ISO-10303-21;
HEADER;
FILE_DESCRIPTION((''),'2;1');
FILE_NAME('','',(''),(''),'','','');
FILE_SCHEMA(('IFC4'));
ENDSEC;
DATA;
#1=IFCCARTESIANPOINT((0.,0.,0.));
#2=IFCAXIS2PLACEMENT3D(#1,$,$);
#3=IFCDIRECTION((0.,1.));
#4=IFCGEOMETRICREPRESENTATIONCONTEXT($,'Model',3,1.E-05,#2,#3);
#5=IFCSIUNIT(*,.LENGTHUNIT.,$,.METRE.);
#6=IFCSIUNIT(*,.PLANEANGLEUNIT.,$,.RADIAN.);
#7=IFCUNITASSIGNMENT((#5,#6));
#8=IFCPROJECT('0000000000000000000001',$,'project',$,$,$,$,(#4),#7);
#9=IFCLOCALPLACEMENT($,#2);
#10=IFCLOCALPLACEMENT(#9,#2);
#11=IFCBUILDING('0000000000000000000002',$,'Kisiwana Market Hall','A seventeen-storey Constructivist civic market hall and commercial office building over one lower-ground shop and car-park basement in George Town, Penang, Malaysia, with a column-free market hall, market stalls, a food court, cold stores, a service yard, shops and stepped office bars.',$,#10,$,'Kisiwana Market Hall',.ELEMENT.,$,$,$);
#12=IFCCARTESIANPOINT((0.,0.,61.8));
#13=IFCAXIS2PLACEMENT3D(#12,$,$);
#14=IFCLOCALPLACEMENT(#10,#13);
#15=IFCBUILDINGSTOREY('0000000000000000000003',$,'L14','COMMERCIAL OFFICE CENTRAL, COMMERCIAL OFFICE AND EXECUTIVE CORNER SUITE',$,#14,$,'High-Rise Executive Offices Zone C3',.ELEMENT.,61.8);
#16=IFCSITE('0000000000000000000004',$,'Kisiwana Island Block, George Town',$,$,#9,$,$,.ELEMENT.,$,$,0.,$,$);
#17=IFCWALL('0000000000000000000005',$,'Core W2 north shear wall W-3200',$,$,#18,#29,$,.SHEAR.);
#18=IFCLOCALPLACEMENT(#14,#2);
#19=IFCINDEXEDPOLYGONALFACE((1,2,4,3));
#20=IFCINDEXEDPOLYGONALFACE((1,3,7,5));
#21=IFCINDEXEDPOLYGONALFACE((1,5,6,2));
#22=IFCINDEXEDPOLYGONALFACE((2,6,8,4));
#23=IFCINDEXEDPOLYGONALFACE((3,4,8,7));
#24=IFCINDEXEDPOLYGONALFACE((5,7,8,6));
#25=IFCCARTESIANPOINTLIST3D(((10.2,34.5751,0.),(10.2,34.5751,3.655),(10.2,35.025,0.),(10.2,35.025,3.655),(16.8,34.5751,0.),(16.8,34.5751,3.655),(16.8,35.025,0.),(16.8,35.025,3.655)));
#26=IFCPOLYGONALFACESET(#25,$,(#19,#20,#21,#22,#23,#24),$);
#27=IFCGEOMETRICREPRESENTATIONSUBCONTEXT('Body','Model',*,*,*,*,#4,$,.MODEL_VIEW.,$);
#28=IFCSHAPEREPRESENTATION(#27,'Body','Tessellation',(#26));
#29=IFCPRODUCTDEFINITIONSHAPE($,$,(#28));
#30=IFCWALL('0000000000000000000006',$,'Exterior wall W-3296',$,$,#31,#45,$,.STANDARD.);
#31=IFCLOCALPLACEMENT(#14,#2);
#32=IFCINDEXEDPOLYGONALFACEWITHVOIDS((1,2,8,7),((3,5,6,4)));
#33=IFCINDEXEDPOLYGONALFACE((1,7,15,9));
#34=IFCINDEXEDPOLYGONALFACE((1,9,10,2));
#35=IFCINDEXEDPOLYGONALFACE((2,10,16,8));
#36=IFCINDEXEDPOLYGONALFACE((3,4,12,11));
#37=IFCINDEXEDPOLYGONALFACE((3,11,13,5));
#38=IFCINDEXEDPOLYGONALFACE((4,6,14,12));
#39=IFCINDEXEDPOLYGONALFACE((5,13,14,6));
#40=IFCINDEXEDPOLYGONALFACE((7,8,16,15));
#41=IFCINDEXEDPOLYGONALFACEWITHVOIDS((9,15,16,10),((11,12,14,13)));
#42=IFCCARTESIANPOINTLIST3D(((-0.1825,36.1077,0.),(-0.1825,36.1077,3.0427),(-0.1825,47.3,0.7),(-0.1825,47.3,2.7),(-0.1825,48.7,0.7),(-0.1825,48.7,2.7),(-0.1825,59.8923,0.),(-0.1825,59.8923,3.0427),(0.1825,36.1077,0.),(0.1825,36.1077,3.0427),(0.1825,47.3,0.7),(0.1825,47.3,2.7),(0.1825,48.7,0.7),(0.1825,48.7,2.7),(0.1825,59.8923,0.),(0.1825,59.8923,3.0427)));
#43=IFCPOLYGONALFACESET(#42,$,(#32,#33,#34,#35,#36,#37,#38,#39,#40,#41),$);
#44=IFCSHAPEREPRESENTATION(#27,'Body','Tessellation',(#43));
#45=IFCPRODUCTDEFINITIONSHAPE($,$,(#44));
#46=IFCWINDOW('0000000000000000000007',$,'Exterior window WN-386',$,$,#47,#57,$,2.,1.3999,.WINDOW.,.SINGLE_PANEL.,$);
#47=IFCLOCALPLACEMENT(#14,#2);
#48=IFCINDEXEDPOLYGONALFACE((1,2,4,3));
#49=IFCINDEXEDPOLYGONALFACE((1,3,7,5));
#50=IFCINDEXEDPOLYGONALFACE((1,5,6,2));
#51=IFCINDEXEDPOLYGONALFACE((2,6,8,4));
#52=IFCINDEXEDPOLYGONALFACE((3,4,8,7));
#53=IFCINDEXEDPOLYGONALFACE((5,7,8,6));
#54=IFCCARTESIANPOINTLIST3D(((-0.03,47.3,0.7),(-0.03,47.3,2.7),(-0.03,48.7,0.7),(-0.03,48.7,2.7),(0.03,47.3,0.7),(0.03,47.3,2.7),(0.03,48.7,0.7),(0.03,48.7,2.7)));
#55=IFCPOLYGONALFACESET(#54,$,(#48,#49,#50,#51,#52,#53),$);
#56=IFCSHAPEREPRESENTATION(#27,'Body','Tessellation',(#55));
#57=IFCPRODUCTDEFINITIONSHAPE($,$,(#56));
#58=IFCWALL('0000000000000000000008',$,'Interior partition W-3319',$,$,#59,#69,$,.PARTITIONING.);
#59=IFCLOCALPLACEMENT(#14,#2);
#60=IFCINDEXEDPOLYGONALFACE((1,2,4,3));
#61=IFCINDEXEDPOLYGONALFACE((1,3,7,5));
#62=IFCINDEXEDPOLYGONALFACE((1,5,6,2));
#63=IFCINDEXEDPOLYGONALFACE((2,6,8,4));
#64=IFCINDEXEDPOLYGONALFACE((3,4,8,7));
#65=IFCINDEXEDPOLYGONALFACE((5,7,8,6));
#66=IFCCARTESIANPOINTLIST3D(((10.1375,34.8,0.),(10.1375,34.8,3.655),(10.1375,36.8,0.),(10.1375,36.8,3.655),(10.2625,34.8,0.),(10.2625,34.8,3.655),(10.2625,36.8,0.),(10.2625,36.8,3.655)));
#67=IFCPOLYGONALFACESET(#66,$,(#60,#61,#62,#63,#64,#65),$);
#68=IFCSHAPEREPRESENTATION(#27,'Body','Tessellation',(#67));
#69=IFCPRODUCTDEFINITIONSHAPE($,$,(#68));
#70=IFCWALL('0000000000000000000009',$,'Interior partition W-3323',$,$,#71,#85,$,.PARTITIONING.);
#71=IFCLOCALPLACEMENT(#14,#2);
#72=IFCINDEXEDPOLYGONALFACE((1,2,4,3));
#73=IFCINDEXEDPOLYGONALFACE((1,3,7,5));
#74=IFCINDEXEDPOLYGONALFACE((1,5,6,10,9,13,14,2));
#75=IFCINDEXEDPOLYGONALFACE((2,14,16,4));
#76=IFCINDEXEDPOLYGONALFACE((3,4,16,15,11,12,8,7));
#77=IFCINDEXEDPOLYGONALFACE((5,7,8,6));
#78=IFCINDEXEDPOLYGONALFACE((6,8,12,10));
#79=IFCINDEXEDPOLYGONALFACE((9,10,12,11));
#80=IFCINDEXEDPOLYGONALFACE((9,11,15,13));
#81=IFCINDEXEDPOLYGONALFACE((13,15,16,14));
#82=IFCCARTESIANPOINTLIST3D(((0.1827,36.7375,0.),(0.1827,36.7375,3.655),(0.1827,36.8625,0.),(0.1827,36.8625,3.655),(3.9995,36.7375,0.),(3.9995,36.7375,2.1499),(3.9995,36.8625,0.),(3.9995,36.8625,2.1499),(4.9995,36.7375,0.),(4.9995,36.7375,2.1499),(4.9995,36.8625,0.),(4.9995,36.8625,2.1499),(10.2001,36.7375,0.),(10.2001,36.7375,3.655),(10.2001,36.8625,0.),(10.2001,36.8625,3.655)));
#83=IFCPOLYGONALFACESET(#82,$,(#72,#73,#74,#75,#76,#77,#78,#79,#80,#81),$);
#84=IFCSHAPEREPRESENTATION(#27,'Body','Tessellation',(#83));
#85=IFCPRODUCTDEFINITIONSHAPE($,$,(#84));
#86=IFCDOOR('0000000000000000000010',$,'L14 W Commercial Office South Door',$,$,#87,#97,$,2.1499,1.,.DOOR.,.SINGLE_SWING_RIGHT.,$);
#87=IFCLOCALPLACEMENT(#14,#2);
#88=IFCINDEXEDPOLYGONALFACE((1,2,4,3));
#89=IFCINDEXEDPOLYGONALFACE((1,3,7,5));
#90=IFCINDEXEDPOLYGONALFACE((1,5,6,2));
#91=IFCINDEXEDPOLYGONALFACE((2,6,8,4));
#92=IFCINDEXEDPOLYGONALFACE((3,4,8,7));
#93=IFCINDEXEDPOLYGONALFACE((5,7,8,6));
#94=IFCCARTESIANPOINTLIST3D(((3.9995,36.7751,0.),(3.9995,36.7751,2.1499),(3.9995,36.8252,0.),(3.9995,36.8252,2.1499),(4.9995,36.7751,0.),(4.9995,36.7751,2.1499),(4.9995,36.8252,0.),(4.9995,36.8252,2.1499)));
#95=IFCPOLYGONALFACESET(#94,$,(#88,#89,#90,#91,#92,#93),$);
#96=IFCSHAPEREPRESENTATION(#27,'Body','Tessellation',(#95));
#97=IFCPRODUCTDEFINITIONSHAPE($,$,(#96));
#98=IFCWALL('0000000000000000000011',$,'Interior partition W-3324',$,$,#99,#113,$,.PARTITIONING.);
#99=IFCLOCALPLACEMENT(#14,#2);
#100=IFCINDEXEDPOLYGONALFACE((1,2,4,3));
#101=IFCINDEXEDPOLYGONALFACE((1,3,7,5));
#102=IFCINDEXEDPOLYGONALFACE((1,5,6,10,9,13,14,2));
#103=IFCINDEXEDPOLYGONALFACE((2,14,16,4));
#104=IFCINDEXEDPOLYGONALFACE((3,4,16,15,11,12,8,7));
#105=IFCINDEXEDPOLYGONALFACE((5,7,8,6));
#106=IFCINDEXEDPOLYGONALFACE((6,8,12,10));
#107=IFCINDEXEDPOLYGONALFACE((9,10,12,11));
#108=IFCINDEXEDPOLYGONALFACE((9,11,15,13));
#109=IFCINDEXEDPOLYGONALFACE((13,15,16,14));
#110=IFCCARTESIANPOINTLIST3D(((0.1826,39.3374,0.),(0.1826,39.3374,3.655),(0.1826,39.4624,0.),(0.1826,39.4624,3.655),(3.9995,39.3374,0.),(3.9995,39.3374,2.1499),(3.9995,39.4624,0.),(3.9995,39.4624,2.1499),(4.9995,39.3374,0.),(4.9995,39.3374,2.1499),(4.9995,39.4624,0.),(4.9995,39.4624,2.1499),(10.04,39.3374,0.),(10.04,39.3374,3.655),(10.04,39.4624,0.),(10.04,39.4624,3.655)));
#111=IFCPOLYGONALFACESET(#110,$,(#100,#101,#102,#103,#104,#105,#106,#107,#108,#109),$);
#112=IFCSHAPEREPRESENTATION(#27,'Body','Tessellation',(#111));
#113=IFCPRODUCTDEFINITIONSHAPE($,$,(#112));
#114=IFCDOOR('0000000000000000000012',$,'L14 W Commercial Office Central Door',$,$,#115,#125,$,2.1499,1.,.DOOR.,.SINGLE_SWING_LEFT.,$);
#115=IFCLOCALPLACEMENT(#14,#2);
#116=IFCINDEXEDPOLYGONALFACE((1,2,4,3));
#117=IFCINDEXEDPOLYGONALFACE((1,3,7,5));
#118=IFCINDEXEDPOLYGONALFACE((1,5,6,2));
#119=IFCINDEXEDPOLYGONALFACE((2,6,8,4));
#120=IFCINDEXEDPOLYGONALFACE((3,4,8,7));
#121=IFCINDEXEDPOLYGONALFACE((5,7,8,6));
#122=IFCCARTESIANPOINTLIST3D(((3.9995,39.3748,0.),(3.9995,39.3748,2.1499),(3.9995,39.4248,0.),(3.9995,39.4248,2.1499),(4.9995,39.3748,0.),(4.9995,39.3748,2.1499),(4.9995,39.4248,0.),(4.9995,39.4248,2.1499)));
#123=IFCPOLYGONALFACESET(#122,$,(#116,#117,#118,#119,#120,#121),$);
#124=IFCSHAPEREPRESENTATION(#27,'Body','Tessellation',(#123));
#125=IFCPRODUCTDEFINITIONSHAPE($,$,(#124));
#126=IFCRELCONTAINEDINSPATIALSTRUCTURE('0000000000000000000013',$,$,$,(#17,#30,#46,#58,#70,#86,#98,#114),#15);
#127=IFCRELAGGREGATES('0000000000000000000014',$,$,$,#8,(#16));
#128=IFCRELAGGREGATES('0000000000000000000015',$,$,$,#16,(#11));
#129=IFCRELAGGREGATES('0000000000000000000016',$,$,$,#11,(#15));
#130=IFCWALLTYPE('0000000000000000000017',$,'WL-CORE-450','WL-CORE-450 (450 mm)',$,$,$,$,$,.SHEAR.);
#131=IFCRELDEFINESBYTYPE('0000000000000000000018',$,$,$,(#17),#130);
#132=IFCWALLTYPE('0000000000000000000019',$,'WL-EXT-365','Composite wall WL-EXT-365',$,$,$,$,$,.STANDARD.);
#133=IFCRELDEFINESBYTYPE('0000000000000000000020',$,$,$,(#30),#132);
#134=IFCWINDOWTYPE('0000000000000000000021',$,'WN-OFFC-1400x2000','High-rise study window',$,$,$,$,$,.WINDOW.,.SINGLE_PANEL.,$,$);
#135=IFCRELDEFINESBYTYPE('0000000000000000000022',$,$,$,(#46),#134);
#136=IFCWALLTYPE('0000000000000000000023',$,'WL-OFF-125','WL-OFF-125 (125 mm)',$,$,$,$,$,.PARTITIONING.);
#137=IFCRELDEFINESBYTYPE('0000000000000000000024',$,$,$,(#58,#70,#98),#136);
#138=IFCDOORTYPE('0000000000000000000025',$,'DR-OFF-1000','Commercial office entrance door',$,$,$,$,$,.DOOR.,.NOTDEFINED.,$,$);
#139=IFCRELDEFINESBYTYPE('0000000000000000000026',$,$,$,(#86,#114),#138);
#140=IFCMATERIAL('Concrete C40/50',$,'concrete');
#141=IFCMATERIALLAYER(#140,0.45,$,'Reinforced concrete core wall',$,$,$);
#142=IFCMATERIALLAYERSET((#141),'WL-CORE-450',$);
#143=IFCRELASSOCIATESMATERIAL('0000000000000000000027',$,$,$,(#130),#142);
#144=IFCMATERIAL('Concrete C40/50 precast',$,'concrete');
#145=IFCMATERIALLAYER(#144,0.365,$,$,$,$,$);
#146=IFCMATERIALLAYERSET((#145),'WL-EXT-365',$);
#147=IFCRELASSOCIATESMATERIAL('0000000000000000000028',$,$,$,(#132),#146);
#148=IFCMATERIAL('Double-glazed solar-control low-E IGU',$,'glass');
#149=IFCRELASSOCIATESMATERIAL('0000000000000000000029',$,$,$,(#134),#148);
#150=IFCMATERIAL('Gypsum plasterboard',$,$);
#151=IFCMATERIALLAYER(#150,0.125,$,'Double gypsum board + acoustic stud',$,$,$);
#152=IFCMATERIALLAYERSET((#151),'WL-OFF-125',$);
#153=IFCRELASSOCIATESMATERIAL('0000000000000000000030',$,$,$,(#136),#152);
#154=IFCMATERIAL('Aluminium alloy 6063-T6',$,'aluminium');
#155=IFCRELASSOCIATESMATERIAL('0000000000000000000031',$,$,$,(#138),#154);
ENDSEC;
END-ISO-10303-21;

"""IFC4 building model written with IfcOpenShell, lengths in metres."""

from ifc_helpers import new_model, si_unit, direction, frame, frame_2d, origin, place, context, subcontext, project, spatial, rectangle, extrude, material, layer, layer_set, type_object, element, fill, save


model = new_model("IFC4")

# Units and contexts
model_context = context("Model", 3, precision=1e-05, world=origin(), true_north=direction((0.0, 1.0)))
body_context = subcontext(model_context, "Body", "Model", "MODEL_VIEW")
ifc_project = project(units=[si_unit("LENGTHUNIT", "METRE"), si_unit("PLANEANGLEUNIT", "RADIAN")], contexts=[model_context])

# Site, building, storey
site_placement = place(None, origin())
site = spatial("IfcSite", under=ifc_project, at=site_placement, Name="Kisiwana Island Block, George Town", CompositionType="ELEMENT", RefElevation=0.0)
building_placement = place(site_placement, origin())
building = spatial("IfcBuilding", under=site, at=building_placement, Name="Kisiwana Market Hall", Description="A seventeen-storey Constructivist civic market hall and commercial office building over one lower-ground shop and car-park basement in George Town, Penang, Malaysia, with a column-free market hall, market stalls, a food court, cold stores, a service yard, shops and stepped office bars.", LongName="Kisiwana Market Hall", CompositionType="ELEMENT")
storey_placement = place(building_placement, frame((0.0, 0.0, 61.8)))
storey = spatial("IfcBuildingStorey", under=building, at=storey_placement, Name="L14", Description="COMMERCIAL OFFICE CENTRAL, COMMERCIAL OFFICE AND EXECUTIVE CORNER SUITE", LongName="High-Rise Executive Offices Zone C3", CompositionType="ELEMENT", Elevation=61.8)

# Wall
ifc_material_1 = material(Name="Concrete C40/50", Category="concrete")
ifc_layer_1 = layer(ifc_material_1, 0.45, Name="Reinforced concrete core wall")
ifc_layer_set_1 = layer_set([ifc_layer_1], Name="WL-CORE-450")
wall_type_1 = type_object("IfcWallType", Name="WL-CORE-450", Description="WL-CORE-450 (450 mm)", PredefinedType="SHEAR", material=ifc_layer_set_1)
wall_1_placement = place(storey_placement, frame((10.2, 34.8, 0.0), z_axis=(0.0, 0.0, 1.0), x_axis=(1.0, 0.0, 0.0)))
element("IfcWall", 1, at=wall_1_placement, inside=storey, type_object=wall_type_1, Name="Core W2 north shear wall W-3200", PredefinedType="SHEAR", context=body_context, shape_type="SweptSolid", body=[
    extrude(rectangle(XDim=6.6001, YDim=0.45, at=frame_2d((3.3, 0.0))), origin(), (0.0, 0.0, 1.0), 3.655),
])

# Wall, opening, window
ifc_material_2 = material(Name="Concrete C40/50 precast", Category="concrete")
ifc_layer_2 = layer(ifc_material_2, 0.365)
ifc_layer_set_2 = layer_set([ifc_layer_2], Name="WL-EXT-365")
wall_type_2 = type_object("IfcWallType", Name="WL-EXT-365", Description="Composite wall WL-EXT-365", PredefinedType="STANDARD", material=ifc_layer_set_2)
wall_2_placement = place(storey_placement, frame((0.0, 36.1077, 0.0), z_axis=(0.0, 0.0, 1.0), x_axis=(0.0, 1.0, 0.0)))
wall_2 = element("IfcWall", 2, at=wall_2_placement, inside=storey, type_object=wall_type_2, Name="Exterior wall W-3296", PredefinedType="STANDARD", context=body_context, shape_type="SweptSolid", body=[
    extrude(rectangle(XDim=23.7847, YDim=0.365, at=frame_2d((11.8923, 0.0))), origin(), (0.0, 0.0, 1.0), 3.0427),
])
opening_1_placement = place(wall_2_placement, frame((11.1924, 0.0, 0.7)))
opening_1 = element("IfcOpeningElement", 3, at=opening_1_placement, cuts=wall_2, PredefinedType="OPENING", context=body_context, shape_type="SweptSolid", body=[
    extrude(rectangle(XDim=1.3999, YDim=2.0, at=frame_2d((0.7, 1.0))), frame((0.0, 0.1943, 0.0), z_axis=(0.0, -1.0, 0.0), x_axis=(1.0, 0.0, 0.0)), (0.0, 0.0, 1.0), 0.3889),
])
ifc_material_3 = material(Name="Double-glazed solar-control low-E IGU", Category="glass")
window_type = type_object("IfcWindowType", Name="WN-OFFC-1400x2000", Description="High-rise study window", PartitioningType="SINGLE_PANEL", PredefinedType="WINDOW", material=ifc_material_3)
window_placement = place(opening_1_placement, origin())
window = element("IfcWindow", 4, at=window_placement, inside=storey, type_object=window_type, Name="Exterior window WN-386", OverallHeight=2.0, OverallWidth=1.3999, PartitioningType="SINGLE_PANEL", PredefinedType="WINDOW", context=body_context, shape_type="SweptSolid", body=[
    extrude(rectangle(XDim=1.3999, YDim=2.0, at=frame_2d((0.7, 1.0))), frame((0.0, 0.03, 0.0), z_axis=(0.0, -1.0, 0.0), x_axis=(1.0, 0.0, 0.0)), (0.0, 0.0, 1.0), 0.0601),
])
fill(opening_1, window)

# Wall
ifc_material_4 = material(Name="Gypsum plasterboard")
ifc_layer_3 = layer(ifc_material_4, 0.125, Name="Double gypsum board + acoustic stud")
ifc_layer_set_3 = layer_set([ifc_layer_3], Name="WL-OFF-125")
wall_type_3 = type_object("IfcWallType", Name="WL-OFF-125", Description="WL-OFF-125 (125 mm)", PredefinedType="PARTITIONING", material=ifc_layer_set_3)
wall_3_placement = place(storey_placement, frame((10.2, 34.8, 0.0), z_axis=(0.0, 0.0, 1.0), x_axis=(0.0, 1.0, 0.0)))
element("IfcWall", 5, at=wall_3_placement, inside=storey, type_object=wall_type_3, Name="Interior partition W-3319", PredefinedType="PARTITIONING", context=body_context, shape_type="SweptSolid", body=[
    extrude(rectangle(XDim=2.0, YDim=0.125, at=frame_2d((1.0, 0.0))), origin(), (0.0, 0.0, 1.0), 3.655),
])

# Walls, openings, doors
wall_4_placement = place(storey_placement, frame((0.1826, 36.8, 0.0), z_axis=(0.0, 0.0, 1.0), x_axis=(1.0, 0.0, 0.0)))
wall_4 = element("IfcWall", 6, at=wall_4_placement, inside=storey, type_object=wall_type_3, Name="Interior partition W-3323", PredefinedType="PARTITIONING", context=body_context, shape_type="SweptSolid", body=[
    extrude(rectangle(XDim=10.0173, YDim=0.125, at=frame_2d((5.0088, 0.0))), origin(), (0.0, 0.0, 1.0), 3.655),
])
opening_2_placement = place(wall_4_placement, frame((3.8169, 0.0, 0.0)))
opening_2 = element("IfcOpeningElement", 7, at=opening_2_placement, cuts=wall_4, PredefinedType="OPENING", context=body_context, shape_type="SweptSolid", body=[
    extrude(rectangle(XDim=1.0, YDim=2.1499, at=frame_2d((0.5, 1.075))), frame((0.0, 0.0745, 0.0), z_axis=(0.0, -1.0, 0.0), x_axis=(1.0, 0.0, 0.0)), (0.0, 0.0, 1.0), 0.1489),
])
ifc_material_5 = material(Name="Aluminium alloy 6063-T6", Category="aluminium")
door_type = type_object("IfcDoorType", Name="DR-OFF-1000", Description="Commercial office entrance door", OperationType="NOTDEFINED", PredefinedType="DOOR", material=ifc_material_5)
door_1_placement = place(opening_2_placement, frame((1.0, 0.0, 0.0), z_axis=(0.0, 0.0, 1.0), x_axis=(-1.0, 0.0, 0.0)))
door_1 = element("IfcDoor", 8, at=door_1_placement, inside=storey, type_object=door_type, Name="L14 W Commercial Office South Door", OperationType="SINGLE_SWING_RIGHT", OverallHeight=2.1499, OverallWidth=1.0, PredefinedType="DOOR", context=body_context, shape_type="SweptSolid", body=[
    extrude(rectangle(XDim=1.0, YDim=2.1499, at=frame_2d((0.5, 1.075))), frame((0.0, 0.0249, 0.0), z_axis=(0.0, -1.0, 0.0), x_axis=(1.0, 0.0, 0.0)), (0.0, 0.0, 1.0), 0.05),
])
fill(opening_2, door_1)
wall_5_placement = place(storey_placement, frame((0.1826, 39.3999, 0.0), z_axis=(0.0, 0.0, 1.0), x_axis=(1.0, 0.0, 0.0)))
wall_5 = element("IfcWall", 9, at=wall_5_placement, inside=storey, type_object=wall_type_3, Name="Interior partition W-3324", PredefinedType="PARTITIONING", context=body_context, shape_type="SweptSolid", body=[
    extrude(rectangle(XDim=9.8574, YDim=0.125, at=frame_2d((4.9287, 0.0))), origin(), (0.0, 0.0, 1.0), 3.655),
])
opening_3_placement = place(wall_5_placement, frame((3.8169, 0.0, 0.0)))
opening_3 = element("IfcOpeningElement", 10, at=opening_3_placement, cuts=wall_5, PredefinedType="OPENING", context=body_context, shape_type="SweptSolid", body=[
    extrude(rectangle(XDim=1.0, YDim=2.1499, at=frame_2d((0.5, 1.075))), frame((0.0, 0.0745, 0.0), z_axis=(0.0, -1.0, 0.0), x_axis=(1.0, 0.0, 0.0)), (0.0, 0.0, 1.0), 0.1489),
])
door_2_placement = place(opening_3_placement, origin())
door_2 = element("IfcDoor", 11, at=door_2_placement, inside=storey, type_object=door_type, Name="L14 W Commercial Office Central Door", OperationType="SINGLE_SWING_LEFT", OverallHeight=2.1499, OverallWidth=1.0, PredefinedType="DOOR", context=body_context, shape_type="SweptSolid", body=[
    extrude(rectangle(XDim=1.0, YDim=2.1499, at=frame_2d((0.5, 1.075))), frame((0.0, 0.0249, 0.0), z_axis=(0.0, -1.0, 0.0), x_axis=(1.0, 0.0, 0.0)), (0.0, 0.0, 1.0), 0.05),
])
fill(opening_3, door_2)

save(model, "model.ifc")
